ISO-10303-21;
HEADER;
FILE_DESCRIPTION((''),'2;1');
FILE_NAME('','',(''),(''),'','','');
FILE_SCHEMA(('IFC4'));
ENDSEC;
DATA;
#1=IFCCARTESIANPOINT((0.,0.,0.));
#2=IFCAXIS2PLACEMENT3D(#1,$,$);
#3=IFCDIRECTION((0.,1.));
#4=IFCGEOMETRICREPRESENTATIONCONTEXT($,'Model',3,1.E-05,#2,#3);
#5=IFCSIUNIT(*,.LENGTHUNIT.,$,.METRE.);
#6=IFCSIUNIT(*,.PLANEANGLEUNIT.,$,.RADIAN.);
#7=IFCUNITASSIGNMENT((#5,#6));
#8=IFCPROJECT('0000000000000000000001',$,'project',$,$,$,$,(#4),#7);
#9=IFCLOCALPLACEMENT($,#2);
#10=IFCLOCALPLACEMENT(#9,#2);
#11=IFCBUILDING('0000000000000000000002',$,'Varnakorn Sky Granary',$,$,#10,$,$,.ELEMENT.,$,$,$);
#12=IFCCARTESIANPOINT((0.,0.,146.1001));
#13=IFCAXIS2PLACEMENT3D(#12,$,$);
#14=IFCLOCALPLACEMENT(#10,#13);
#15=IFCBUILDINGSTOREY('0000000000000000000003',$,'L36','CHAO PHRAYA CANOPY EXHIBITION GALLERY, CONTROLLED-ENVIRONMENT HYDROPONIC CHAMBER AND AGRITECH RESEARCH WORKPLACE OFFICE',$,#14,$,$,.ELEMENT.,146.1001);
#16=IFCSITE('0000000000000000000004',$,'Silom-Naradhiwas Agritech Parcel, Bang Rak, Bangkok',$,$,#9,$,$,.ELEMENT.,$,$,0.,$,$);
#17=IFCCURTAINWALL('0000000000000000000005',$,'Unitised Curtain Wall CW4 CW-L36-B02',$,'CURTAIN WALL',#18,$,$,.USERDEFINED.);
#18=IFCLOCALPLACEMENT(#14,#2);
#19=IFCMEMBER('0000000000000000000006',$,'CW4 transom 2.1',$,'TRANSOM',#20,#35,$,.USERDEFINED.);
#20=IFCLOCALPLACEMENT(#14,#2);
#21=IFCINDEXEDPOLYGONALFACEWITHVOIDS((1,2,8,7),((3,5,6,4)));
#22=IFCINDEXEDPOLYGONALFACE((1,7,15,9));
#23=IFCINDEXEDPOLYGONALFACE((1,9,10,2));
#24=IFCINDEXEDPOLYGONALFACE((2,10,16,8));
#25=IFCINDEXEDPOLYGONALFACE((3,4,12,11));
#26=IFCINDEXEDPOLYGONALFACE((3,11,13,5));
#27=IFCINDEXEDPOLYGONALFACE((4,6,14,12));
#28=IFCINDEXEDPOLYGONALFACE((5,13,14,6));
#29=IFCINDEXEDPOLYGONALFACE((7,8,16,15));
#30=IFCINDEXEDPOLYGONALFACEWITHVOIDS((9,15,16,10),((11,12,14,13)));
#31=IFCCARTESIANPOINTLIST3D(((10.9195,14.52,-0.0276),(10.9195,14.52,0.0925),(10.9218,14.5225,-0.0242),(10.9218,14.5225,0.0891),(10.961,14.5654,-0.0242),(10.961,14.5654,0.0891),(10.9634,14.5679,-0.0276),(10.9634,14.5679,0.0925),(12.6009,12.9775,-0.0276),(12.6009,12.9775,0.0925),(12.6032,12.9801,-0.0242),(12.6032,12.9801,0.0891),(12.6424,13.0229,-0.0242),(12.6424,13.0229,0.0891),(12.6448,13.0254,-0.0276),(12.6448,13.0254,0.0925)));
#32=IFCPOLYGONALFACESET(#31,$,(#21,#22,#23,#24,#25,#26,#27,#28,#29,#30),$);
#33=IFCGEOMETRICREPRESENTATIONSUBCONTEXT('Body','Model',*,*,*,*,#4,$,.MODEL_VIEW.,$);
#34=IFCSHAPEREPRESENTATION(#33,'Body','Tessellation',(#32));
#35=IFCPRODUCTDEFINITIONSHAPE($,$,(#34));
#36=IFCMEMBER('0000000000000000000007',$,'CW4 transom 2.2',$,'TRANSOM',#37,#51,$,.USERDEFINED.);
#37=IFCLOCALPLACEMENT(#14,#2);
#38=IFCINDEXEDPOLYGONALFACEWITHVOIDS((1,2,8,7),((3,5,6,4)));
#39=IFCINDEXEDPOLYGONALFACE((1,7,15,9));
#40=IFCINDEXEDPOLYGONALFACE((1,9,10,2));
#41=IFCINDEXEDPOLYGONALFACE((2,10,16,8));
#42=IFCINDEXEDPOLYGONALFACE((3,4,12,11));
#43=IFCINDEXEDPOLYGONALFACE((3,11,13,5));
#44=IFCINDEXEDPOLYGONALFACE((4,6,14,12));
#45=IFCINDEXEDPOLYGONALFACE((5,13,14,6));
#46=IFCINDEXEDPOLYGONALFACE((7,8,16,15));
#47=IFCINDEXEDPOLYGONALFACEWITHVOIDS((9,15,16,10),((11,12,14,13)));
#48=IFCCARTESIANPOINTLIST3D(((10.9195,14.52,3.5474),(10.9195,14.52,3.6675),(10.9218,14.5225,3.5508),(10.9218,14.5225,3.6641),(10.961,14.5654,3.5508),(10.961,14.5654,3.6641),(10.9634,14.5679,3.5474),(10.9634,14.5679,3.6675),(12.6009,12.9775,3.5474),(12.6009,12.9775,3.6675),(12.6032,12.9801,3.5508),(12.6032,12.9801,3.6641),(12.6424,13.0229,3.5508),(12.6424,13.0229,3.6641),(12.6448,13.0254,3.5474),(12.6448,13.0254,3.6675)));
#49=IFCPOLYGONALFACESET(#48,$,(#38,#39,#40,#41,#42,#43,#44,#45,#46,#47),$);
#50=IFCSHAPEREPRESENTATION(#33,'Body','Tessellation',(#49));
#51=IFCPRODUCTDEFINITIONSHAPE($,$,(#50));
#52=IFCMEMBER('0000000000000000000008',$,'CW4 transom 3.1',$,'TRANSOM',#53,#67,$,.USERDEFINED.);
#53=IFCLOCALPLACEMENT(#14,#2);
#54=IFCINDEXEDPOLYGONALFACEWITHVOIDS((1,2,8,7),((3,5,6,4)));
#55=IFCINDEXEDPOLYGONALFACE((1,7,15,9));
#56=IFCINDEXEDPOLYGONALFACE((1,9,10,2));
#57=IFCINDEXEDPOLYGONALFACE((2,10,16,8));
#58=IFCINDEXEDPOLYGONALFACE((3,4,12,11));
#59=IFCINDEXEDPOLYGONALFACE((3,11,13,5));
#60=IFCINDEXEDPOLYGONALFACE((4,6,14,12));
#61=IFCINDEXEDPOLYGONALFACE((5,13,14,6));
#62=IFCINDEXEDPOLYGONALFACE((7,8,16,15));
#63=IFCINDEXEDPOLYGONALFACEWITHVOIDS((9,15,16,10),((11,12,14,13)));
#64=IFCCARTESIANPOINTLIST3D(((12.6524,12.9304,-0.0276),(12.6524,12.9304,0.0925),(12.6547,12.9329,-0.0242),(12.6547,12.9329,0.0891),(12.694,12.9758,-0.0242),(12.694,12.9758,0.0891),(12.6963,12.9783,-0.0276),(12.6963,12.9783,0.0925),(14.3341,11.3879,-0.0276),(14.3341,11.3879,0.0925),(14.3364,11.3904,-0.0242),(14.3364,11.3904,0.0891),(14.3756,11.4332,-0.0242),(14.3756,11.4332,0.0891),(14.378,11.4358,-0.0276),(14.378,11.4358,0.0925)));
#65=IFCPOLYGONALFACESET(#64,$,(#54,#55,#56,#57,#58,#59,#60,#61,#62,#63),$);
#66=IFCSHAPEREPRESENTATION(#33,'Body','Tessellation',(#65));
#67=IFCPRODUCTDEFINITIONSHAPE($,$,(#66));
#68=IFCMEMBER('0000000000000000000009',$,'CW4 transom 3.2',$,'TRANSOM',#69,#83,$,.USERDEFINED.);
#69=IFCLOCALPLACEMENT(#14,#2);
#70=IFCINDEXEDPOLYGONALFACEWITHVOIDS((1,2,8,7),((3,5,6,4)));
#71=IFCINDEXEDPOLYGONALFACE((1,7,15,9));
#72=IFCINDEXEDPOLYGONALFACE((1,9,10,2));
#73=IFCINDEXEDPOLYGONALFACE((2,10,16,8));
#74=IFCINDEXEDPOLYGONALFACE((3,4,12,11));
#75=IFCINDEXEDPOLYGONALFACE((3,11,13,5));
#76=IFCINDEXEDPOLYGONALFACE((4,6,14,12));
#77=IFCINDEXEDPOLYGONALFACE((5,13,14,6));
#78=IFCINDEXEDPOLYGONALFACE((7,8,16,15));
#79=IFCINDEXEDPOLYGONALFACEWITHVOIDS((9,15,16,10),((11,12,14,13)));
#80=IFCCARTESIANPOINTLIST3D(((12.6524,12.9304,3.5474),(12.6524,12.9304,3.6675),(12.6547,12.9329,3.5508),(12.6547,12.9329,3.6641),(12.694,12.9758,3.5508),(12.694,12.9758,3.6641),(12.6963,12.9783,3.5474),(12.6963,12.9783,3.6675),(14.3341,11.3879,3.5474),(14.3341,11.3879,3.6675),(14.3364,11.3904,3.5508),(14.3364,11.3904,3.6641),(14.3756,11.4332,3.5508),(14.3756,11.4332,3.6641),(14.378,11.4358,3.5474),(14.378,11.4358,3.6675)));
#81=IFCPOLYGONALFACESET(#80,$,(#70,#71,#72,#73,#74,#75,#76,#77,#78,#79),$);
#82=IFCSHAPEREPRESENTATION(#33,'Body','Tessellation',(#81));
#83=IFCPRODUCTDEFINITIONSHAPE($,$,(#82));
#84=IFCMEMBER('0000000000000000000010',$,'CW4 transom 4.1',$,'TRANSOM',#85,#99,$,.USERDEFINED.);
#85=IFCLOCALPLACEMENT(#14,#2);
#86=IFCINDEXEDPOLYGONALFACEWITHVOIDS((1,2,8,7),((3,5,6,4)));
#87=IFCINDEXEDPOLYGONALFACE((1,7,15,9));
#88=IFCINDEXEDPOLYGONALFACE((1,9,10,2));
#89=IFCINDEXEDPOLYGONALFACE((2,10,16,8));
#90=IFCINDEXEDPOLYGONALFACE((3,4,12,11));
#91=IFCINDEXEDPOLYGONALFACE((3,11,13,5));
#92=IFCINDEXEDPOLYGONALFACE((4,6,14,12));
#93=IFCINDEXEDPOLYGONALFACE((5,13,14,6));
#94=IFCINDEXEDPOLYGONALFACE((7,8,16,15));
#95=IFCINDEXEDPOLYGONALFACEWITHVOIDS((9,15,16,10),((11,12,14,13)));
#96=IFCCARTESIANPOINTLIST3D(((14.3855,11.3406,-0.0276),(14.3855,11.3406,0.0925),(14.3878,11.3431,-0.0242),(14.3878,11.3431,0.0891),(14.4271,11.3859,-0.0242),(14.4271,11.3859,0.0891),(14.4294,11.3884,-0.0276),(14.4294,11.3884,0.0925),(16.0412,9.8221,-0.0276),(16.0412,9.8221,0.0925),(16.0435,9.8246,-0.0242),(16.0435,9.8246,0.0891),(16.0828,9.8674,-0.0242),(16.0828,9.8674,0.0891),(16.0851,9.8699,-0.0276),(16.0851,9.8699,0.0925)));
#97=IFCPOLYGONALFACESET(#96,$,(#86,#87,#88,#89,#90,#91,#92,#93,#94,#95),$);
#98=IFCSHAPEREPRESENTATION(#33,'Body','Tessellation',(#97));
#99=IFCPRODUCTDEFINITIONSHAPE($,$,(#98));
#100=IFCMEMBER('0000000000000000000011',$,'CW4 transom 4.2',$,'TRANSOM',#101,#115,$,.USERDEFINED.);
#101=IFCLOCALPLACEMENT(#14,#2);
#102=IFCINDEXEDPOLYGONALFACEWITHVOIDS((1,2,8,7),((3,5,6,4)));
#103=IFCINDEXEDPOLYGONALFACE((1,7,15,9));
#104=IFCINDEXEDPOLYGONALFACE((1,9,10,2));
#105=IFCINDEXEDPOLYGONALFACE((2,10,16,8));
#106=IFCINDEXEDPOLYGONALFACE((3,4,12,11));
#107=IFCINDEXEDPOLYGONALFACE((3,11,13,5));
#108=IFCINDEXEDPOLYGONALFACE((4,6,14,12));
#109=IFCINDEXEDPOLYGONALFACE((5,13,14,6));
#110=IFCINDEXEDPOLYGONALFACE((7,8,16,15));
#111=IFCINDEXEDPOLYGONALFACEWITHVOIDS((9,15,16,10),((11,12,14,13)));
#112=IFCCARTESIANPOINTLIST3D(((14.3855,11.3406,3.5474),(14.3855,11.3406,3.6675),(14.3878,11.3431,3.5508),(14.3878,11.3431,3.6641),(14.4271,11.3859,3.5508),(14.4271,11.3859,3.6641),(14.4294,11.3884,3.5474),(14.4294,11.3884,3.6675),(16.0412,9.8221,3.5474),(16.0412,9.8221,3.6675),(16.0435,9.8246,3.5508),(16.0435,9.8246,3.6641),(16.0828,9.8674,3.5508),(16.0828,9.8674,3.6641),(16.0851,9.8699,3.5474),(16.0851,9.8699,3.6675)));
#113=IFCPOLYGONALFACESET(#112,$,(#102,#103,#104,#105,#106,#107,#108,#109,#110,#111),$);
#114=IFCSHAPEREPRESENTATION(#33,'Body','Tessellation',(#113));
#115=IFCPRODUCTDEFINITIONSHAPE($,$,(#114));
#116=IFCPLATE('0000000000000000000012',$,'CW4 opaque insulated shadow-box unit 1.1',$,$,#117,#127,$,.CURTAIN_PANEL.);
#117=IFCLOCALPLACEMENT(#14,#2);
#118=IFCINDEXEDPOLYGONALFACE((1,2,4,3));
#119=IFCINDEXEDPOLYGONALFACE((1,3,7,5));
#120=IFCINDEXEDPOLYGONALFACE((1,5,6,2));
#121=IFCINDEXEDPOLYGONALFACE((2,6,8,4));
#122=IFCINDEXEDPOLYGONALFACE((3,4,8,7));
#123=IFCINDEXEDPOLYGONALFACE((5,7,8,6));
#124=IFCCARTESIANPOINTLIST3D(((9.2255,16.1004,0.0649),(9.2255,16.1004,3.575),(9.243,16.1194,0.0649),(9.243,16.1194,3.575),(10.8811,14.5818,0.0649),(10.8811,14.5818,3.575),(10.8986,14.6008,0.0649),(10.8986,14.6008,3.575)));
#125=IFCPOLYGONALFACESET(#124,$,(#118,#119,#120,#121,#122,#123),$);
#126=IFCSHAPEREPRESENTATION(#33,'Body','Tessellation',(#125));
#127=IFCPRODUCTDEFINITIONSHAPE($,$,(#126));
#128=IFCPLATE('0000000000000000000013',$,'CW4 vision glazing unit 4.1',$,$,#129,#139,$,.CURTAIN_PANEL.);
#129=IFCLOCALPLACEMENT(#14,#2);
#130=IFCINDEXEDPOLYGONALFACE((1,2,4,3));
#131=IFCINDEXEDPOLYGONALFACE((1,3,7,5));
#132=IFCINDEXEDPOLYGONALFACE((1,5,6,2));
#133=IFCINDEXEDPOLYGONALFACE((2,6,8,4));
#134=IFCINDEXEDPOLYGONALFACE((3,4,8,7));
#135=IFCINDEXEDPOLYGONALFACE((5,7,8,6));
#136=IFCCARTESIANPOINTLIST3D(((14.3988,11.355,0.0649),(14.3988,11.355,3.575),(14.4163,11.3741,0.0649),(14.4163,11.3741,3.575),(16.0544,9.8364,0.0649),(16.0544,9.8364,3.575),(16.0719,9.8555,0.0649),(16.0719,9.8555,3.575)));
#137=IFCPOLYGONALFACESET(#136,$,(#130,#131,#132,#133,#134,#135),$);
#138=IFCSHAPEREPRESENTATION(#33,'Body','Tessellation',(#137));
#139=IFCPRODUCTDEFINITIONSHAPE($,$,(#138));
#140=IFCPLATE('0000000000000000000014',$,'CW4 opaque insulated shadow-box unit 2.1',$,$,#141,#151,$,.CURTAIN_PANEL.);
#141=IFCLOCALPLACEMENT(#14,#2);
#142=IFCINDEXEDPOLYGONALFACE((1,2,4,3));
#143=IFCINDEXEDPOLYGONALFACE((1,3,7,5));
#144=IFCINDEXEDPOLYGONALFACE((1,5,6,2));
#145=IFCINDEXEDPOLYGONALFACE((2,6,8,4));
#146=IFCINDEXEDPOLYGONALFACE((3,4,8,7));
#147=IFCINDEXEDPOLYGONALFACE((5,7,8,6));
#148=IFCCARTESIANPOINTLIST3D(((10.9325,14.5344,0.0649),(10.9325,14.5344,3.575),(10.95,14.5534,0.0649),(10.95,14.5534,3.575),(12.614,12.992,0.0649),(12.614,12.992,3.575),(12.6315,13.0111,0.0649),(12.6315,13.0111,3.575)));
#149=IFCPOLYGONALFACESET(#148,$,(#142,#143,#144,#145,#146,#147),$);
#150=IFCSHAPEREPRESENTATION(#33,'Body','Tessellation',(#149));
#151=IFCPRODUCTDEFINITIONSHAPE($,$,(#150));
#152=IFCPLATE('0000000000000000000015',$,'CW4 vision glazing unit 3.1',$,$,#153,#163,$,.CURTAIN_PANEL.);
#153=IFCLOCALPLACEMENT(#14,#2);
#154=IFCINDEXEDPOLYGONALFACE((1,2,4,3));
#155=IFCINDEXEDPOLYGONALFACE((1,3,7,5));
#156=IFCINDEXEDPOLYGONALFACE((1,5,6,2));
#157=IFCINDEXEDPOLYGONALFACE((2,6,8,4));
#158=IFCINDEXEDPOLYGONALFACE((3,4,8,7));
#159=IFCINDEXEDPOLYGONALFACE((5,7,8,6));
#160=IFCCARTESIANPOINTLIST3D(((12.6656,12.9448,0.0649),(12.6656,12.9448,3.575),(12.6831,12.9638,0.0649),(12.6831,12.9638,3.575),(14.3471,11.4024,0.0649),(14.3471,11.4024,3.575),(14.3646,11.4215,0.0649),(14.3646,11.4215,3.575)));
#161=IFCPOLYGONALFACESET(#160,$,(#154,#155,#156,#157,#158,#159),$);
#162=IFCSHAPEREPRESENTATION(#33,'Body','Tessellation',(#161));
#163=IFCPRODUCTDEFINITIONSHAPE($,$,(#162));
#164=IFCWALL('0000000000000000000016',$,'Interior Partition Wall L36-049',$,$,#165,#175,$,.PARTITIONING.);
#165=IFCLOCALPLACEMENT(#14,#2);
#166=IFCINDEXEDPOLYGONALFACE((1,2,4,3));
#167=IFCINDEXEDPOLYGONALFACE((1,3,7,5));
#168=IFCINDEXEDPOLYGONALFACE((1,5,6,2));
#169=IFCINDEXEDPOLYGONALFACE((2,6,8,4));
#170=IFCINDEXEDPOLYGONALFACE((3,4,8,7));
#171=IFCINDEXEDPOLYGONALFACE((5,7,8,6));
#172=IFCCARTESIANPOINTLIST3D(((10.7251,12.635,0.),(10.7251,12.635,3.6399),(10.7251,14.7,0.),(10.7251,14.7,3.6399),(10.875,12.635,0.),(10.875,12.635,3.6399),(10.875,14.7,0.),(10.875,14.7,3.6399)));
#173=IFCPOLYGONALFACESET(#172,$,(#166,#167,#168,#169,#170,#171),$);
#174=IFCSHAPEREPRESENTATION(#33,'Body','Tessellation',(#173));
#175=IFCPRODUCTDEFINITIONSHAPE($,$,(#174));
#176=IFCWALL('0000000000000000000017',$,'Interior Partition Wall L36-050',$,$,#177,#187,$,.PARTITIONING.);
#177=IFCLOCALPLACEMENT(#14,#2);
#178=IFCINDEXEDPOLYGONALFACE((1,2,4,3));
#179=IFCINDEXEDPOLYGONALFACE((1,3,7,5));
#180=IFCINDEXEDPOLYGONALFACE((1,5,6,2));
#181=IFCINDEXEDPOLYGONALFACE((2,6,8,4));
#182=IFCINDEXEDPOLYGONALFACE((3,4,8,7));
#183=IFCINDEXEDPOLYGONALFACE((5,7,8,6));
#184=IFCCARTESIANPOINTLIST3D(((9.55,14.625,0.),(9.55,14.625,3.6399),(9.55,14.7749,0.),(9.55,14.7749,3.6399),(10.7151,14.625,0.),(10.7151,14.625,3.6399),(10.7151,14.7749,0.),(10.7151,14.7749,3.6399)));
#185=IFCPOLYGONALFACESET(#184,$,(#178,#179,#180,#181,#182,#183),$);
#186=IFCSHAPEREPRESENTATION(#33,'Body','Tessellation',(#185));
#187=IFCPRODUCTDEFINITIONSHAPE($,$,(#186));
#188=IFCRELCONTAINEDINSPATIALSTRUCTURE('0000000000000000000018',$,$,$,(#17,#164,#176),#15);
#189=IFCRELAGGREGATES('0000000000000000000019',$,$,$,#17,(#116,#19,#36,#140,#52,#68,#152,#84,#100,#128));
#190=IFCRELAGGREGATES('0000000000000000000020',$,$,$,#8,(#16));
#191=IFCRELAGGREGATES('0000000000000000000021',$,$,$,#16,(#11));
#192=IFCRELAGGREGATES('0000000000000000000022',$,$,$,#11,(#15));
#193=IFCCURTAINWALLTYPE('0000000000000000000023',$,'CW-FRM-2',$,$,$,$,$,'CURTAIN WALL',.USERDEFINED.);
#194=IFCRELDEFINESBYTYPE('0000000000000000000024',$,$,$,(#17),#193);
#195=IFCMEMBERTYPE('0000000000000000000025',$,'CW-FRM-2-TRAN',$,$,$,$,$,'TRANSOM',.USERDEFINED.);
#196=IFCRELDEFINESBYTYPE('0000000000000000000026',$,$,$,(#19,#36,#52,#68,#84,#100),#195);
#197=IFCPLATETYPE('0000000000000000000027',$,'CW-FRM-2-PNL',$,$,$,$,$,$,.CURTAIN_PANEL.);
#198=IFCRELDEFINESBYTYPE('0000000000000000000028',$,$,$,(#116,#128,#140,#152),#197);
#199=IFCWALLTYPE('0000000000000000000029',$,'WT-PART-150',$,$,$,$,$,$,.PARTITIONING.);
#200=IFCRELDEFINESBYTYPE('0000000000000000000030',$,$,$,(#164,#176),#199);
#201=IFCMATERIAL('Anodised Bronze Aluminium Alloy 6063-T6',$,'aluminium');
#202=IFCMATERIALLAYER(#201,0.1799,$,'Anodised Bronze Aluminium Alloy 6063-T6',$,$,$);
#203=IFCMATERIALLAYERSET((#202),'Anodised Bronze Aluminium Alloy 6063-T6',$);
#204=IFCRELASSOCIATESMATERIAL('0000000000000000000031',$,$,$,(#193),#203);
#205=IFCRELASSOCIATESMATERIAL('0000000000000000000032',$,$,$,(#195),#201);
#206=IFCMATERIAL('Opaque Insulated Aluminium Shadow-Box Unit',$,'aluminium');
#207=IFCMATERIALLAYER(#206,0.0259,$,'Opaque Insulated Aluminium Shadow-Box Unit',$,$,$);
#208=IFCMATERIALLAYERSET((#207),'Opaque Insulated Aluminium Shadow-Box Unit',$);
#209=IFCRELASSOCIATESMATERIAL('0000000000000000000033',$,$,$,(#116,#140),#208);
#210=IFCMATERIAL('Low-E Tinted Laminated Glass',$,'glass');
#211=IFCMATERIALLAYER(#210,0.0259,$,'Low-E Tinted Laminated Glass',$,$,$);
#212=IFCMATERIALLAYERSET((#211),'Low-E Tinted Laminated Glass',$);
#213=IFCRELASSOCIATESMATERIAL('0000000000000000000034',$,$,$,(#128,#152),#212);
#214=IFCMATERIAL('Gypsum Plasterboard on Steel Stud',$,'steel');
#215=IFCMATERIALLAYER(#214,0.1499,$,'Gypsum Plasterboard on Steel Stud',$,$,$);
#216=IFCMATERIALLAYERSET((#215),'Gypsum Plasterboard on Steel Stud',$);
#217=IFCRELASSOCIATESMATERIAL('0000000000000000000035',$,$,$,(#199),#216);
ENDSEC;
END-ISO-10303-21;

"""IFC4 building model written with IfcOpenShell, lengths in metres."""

from ifc_helpers import new_model, si_unit, direction, frame, frame_2d, origin, origin_2d, place, context, subcontext, project, spatial, rectangle, hollow_rectangle, extrude, source, transform, mapped, material, layer, layer_set, material_profile, profile_set, type_object, type_shapes, element, aggregate, save


model = new_model("IFC4")

# Units and contexts
model_context = context("Model", 3, precision=1e-05, world=origin(), true_north=direction((0.0, 1.0)))
body_context = subcontext(model_context, "Body", "Model", "MODEL_VIEW")
ifc_project = project(units=[si_unit("LENGTHUNIT", "METRE"), si_unit("PLANEANGLEUNIT", "RADIAN")], contexts=[model_context])

# Site, building, storey
site_placement = place(None, origin())
site = spatial("IfcSite", under=ifc_project, at=site_placement, Name="Silom-Naradhiwas Agritech Parcel, Bang Rak, Bangkok", CompositionType="ELEMENT", RefElevation=0.0)
building_placement = place(site_placement, origin())
building = spatial("IfcBuilding", under=site, at=building_placement, Name="Varnakorn Sky Granary", CompositionType="ELEMENT")
storey_placement = place(building_placement, frame((0.0, 0.0, 146.1001)))
storey = spatial("IfcBuildingStorey", under=building, at=storey_placement, Name="L36", Description="CHAO PHRAYA CANOPY EXHIBITION GALLERY, CONTROLLED-ENVIRONMENT HYDROPONIC CHAMBER AND AGRITECH RESEARCH WORKPLACE OFFICE", CompositionType="ELEMENT", Elevation=146.1001)

# Curtain wall, members, plates
ifc_material_1 = material(Name="Anodised Bronze Aluminium Alloy 6063-T6", Category="aluminium")
ifc_layer_1 = layer(ifc_material_1, 0.1799, Name="Anodised Bronze Aluminium Alloy 6063-T6")
ifc_layer_set_1 = layer_set([ifc_layer_1], Name="Anodised Bronze Aluminium Alloy 6063-T6")
curtain_wall_type = type_object("IfcCurtainWallType", Name="CW-FRM-2", ElementType="CURTAIN WALL", PredefinedType="USERDEFINED", material=ifc_layer_set_1)
curtain_wall_placement = place(storey_placement, origin())
curtain_wall = element("IfcCurtainWall", 1, at=curtain_wall_placement, inside=storey, type_object=curtain_wall_type, Name="Unitised Curtain Wall CW4 CW-L36-B02", ObjectType="CURTAIN WALL", PredefinedType="USERDEFINED")
ifc_material_profile_1 = material_profile(ifc_material_1, hollow_rectangle(XDim=0.0649, YDim=0.1201, WallThickness=0.0034, at=origin_2d()), Name="ALU TRAN 65x120")
ifc_profile_set_1 = profile_set([ifc_material_profile_1], Name="Anodised Bronze Aluminium Alloy 6063-T6")
member_type_1 = type_object("IfcMemberType", Name="CW-FRM-2-TRAN", ElementType="TRANSOM", PredefinedType="USERDEFINED", material=ifc_profile_set_1)
member_1_placement = place(storey_placement, frame((10.9414, 14.5439, 0.0325), z_axis=(0.736892, -0.67601, 0.0), x_axis=(0.67601, 0.736892, 0.0)))
member_1 = element("IfcMember", 2, at=member_1_placement, type_object=member_type_1, Name="CW4 transom 2.1", ObjectType="TRANSOM", PredefinedType="USERDEFINED", context=body_context, shape_type="SweptSolid", body=[
    extrude(hollow_rectangle(XDim=0.0649, YDim=0.1201, WallThickness=0.0034, at=origin_2d()), origin(), (0.0, 0.0, 1.0), 2.2817),
])
member_2_placement = place(storey_placement, frame((10.9414, 14.5439, 3.6074), z_axis=(0.736892, -0.67601, 0.0), x_axis=(0.67601, 0.736892, 0.0)))
member_2 = element("IfcMember", 3, at=member_2_placement, type_object=member_type_1, Name="CW4 transom 2.2", ObjectType="TRANSOM", PredefinedType="USERDEFINED", context=body_context, shape_type="SweptSolid", body=[
    extrude(hollow_rectangle(XDim=0.0649, YDim=0.1201, WallThickness=0.0034, at=origin_2d()), origin(), (0.0, 0.0, 1.0), 2.2817),
])
member_3_placement = place(storey_placement, frame((12.6743, 12.9543, 0.0325), z_axis=(0.736941, -0.675957, 0.0), x_axis=(0.675957, 0.736941, 0.0)))
member_3 = element("IfcMember", 4, at=member_3_placement, type_object=member_type_1, Name="CW4 transom 3.1", ObjectType="TRANSOM", PredefinedType="USERDEFINED", context=body_context, shape_type="SweptSolid", body=[
    extrude(hollow_rectangle(XDim=0.0649, YDim=0.1201, WallThickness=0.0034, at=origin_2d()), origin(), (0.0, 0.0, 1.0), 2.282),
])
member_4_placement = place(storey_placement, frame((12.6743, 12.9543, 3.6074), z_axis=(0.736941, -0.675957, 0.0), x_axis=(0.675957, 0.736941, 0.0)))
member_4 = element("IfcMember", 5, at=member_4_placement, type_object=member_type_1, Name="CW4 transom 3.2", ObjectType="TRANSOM", PredefinedType="USERDEFINED", context=body_context, shape_type="SweptSolid", body=[
    extrude(hollow_rectangle(XDim=0.0649, YDim=0.1201, WallThickness=0.0034, at=origin_2d()), origin(), (0.0, 0.0, 1.0), 2.282),
])
member_5_placement = place(storey_placement, frame((14.4075, 11.3645, 0.0325), z_axis=(0.736983, -0.675912, 0.0), x_axis=(0.675912, 0.736983, 0.0)))
member_5 = element("IfcMember", 6, at=member_5_placement, type_object=member_type_1, Name="CW4 transom 4.1", ObjectType="TRANSOM", PredefinedType="USERDEFINED", context=body_context, shape_type="SweptSolid", body=[
    extrude(hollow_rectangle(XDim=0.0649, YDim=0.1201, WallThickness=0.0034, at=origin_2d()), origin(), (0.0, 0.0, 1.0), 2.2466),
])
member_6_placement = place(storey_placement, frame((14.4075, 11.3645, 3.6074), z_axis=(0.736983, -0.675912, 0.0), x_axis=(0.675912, 0.736983, 0.0)))
member_6 = element("IfcMember", 7, at=member_6_placement, type_object=member_type_1, Name="CW4 transom 4.2", ObjectType="TRANSOM", PredefinedType="USERDEFINED", context=body_context, shape_type="SweptSolid", body=[
    extrude(hollow_rectangle(XDim=0.0649, YDim=0.1201, WallThickness=0.0034, at=origin_2d()), origin(), (0.0, 0.0, 1.0), 2.2466),
])
ifc_material_2 = material(Name="Opaque Insulated Aluminium Shadow-Box Unit", Category="aluminium")
ifc_layer_2 = layer(ifc_material_2, 0.0259, Name="Opaque Insulated Aluminium Shadow-Box Unit")
ifc_layer_set_2 = layer_set([ifc_layer_2], Name="Opaque Insulated Aluminium Shadow-Box Unit")
plate_type = type_object("IfcPlateType", Name="CW-FRM-2-PNL", PredefinedType="CURTAIN_PANEL")
shared_shape_1 = source(origin(), body_context, "Body", "SweptSolid", [
    extrude(rectangle(XDim=2.2466, YDim=0.0259, at=origin_2d()), origin(), (0.0, 0.0, 1.0), 3.51),
])
plate_1_placement = place(storey_placement, frame((10.062, 15.3506, 0.0649), z_axis=(0.0, 0.0, 1.0), x_axis=(0.736938, -0.67596, 0.0)))
plate_1 = element("IfcPlate", 8, at=plate_1_placement, type_object=plate_type, material=ifc_layer_set_2, Name="CW4 opaque insulated shadow-box unit 1.1", PredefinedType="CURTAIN_PANEL", context=body_context, shape_type="MappedRepresentation", body=[
    mapped(shared_shape_1, transform((0.0, 0.0, 0.0), x_axis=(1.0, 0.0, 0.0), y_axis=(0.0, 1.0, 0.0), z_axis=(0.0, 0.0, 1.0), scale=1.0)),
])
ifc_material_3 = material(Name="Low-E Tinted Laminated Glass", Category="glass")
ifc_layer_3 = layer(ifc_material_3, 0.0259, Name="Low-E Tinted Laminated Glass")
ifc_layer_set_3 = layer_set([ifc_layer_3], Name="Low-E Tinted Laminated Glass")
plate_2_placement = place(storey_placement, frame((15.2354, 10.6052, 0.0649), z_axis=(0.0, 0.0, 1.0), x_axis=(0.736938, -0.67596, 0.0)))
plate_2 = element("IfcPlate", 9, at=plate_2_placement, type_object=plate_type, material=ifc_layer_set_3, Name="CW4 vision glazing unit 4.1", PredefinedType="CURTAIN_PANEL", context=body_context, shape_type="MappedRepresentation", body=[
    mapped(shared_shape_1, transform((0.0, 0.0, 0.0), x_axis=(1.0, 0.0, 0.0), y_axis=(0.0, 1.0, 0.0), z_axis=(0.0, 0.0, 1.0), scale=1.0)),
])
shared_shape_2 = source(origin(), body_context, "Body", "SweptSolid", [
    extrude(rectangle(XDim=2.2817, YDim=0.0259, at=origin_2d()), origin(), (0.0, 0.0, 1.0), 3.51),
])
type_shapes(plate_type, [shared_shape_1, shared_shape_2])
plate_3_placement = place(storey_placement, frame((11.782, 13.7727, 0.0649), z_axis=(0.0, 0.0, 1.0), x_axis=(0.736938, -0.67596, 0.0)))
plate_3 = element("IfcPlate", 10, at=plate_3_placement, type_object=plate_type, material=ifc_layer_set_2, Name="CW4 opaque insulated shadow-box unit 2.1", PredefinedType="CURTAIN_PANEL", context=body_context, shape_type="MappedRepresentation", body=[
    mapped(shared_shape_2, transform((0.0, 0.0, 0.0), x_axis=(1.0, 0.0, 0.0), y_axis=(0.0, 1.0, 0.0), z_axis=(0.0, 0.0, 1.0), scale=1.0)),
])
plate_4_placement = place(storey_placement, frame((13.5151, 12.1831, 0.0649), z_axis=(0.0, 0.0, 1.0), x_axis=(0.736938, -0.67596, 0.0)))
plate_4 = element("IfcPlate", 11, at=plate_4_placement, type_object=plate_type, material=ifc_layer_set_3, Name="CW4 vision glazing unit 3.1", PredefinedType="CURTAIN_PANEL", context=body_context, shape_type="MappedRepresentation", body=[
    mapped(shared_shape_2, transform((0.0, 0.0, 0.0), x_axis=(1.0, 0.0, 0.0), y_axis=(0.0, 1.0, 0.0), z_axis=(0.0, 0.0, 1.0), scale=1.0)),
])
aggregate(curtain_wall, [plate_1, member_1, member_2, plate_3, member_3, member_4, plate_4, member_5, member_6, plate_2])

# Walls
ifc_material_4 = material(Name="Gypsum Plasterboard on Steel Stud", Category="steel")
ifc_layer_4 = layer(ifc_material_4, 0.1499, Name="Gypsum Plasterboard on Steel Stud")
ifc_layer_set_4 = layer_set([ifc_layer_4], Name="Gypsum Plasterboard on Steel Stud")
wall_type = type_object("IfcWallType", Name="WT-PART-150", PredefinedType="PARTITIONING", material=ifc_layer_set_4)
wall_1_placement = place(storey_placement, frame((10.8, 12.635, 0.0), z_axis=(0.0, 0.0, 1.0), x_axis=(0.0, 1.0, 0.0)))
element("IfcWall", 12, at=wall_1_placement, inside=storey, type_object=wall_type, Name="Interior Partition Wall L36-049", PredefinedType="PARTITIONING", context=body_context, shape_type="SweptSolid", body=[
    extrude(rectangle(XDim=2.0649, YDim=0.1499, at=frame_2d((1.0325, 0.0))), origin(), (0.0, 0.0, 1.0), 3.6399),
])
wall_2_placement = place(storey_placement, frame((10.7151, 14.7, 0.0), z_axis=(0.0, 0.0, 1.0), x_axis=(-1.0, 0.0, 0.0)))
element("IfcWall", 13, at=wall_2_placement, inside=storey, type_object=wall_type, Name="Interior Partition Wall L36-050", PredefinedType="PARTITIONING", context=body_context, shape_type="SweptSolid", body=[
    extrude(rectangle(XDim=1.165, YDim=0.1499, at=frame_2d((0.5825, 0.0))), origin(), (0.0, 0.0, 1.0), 3.6399),
])

save(model, "model.ifc")
